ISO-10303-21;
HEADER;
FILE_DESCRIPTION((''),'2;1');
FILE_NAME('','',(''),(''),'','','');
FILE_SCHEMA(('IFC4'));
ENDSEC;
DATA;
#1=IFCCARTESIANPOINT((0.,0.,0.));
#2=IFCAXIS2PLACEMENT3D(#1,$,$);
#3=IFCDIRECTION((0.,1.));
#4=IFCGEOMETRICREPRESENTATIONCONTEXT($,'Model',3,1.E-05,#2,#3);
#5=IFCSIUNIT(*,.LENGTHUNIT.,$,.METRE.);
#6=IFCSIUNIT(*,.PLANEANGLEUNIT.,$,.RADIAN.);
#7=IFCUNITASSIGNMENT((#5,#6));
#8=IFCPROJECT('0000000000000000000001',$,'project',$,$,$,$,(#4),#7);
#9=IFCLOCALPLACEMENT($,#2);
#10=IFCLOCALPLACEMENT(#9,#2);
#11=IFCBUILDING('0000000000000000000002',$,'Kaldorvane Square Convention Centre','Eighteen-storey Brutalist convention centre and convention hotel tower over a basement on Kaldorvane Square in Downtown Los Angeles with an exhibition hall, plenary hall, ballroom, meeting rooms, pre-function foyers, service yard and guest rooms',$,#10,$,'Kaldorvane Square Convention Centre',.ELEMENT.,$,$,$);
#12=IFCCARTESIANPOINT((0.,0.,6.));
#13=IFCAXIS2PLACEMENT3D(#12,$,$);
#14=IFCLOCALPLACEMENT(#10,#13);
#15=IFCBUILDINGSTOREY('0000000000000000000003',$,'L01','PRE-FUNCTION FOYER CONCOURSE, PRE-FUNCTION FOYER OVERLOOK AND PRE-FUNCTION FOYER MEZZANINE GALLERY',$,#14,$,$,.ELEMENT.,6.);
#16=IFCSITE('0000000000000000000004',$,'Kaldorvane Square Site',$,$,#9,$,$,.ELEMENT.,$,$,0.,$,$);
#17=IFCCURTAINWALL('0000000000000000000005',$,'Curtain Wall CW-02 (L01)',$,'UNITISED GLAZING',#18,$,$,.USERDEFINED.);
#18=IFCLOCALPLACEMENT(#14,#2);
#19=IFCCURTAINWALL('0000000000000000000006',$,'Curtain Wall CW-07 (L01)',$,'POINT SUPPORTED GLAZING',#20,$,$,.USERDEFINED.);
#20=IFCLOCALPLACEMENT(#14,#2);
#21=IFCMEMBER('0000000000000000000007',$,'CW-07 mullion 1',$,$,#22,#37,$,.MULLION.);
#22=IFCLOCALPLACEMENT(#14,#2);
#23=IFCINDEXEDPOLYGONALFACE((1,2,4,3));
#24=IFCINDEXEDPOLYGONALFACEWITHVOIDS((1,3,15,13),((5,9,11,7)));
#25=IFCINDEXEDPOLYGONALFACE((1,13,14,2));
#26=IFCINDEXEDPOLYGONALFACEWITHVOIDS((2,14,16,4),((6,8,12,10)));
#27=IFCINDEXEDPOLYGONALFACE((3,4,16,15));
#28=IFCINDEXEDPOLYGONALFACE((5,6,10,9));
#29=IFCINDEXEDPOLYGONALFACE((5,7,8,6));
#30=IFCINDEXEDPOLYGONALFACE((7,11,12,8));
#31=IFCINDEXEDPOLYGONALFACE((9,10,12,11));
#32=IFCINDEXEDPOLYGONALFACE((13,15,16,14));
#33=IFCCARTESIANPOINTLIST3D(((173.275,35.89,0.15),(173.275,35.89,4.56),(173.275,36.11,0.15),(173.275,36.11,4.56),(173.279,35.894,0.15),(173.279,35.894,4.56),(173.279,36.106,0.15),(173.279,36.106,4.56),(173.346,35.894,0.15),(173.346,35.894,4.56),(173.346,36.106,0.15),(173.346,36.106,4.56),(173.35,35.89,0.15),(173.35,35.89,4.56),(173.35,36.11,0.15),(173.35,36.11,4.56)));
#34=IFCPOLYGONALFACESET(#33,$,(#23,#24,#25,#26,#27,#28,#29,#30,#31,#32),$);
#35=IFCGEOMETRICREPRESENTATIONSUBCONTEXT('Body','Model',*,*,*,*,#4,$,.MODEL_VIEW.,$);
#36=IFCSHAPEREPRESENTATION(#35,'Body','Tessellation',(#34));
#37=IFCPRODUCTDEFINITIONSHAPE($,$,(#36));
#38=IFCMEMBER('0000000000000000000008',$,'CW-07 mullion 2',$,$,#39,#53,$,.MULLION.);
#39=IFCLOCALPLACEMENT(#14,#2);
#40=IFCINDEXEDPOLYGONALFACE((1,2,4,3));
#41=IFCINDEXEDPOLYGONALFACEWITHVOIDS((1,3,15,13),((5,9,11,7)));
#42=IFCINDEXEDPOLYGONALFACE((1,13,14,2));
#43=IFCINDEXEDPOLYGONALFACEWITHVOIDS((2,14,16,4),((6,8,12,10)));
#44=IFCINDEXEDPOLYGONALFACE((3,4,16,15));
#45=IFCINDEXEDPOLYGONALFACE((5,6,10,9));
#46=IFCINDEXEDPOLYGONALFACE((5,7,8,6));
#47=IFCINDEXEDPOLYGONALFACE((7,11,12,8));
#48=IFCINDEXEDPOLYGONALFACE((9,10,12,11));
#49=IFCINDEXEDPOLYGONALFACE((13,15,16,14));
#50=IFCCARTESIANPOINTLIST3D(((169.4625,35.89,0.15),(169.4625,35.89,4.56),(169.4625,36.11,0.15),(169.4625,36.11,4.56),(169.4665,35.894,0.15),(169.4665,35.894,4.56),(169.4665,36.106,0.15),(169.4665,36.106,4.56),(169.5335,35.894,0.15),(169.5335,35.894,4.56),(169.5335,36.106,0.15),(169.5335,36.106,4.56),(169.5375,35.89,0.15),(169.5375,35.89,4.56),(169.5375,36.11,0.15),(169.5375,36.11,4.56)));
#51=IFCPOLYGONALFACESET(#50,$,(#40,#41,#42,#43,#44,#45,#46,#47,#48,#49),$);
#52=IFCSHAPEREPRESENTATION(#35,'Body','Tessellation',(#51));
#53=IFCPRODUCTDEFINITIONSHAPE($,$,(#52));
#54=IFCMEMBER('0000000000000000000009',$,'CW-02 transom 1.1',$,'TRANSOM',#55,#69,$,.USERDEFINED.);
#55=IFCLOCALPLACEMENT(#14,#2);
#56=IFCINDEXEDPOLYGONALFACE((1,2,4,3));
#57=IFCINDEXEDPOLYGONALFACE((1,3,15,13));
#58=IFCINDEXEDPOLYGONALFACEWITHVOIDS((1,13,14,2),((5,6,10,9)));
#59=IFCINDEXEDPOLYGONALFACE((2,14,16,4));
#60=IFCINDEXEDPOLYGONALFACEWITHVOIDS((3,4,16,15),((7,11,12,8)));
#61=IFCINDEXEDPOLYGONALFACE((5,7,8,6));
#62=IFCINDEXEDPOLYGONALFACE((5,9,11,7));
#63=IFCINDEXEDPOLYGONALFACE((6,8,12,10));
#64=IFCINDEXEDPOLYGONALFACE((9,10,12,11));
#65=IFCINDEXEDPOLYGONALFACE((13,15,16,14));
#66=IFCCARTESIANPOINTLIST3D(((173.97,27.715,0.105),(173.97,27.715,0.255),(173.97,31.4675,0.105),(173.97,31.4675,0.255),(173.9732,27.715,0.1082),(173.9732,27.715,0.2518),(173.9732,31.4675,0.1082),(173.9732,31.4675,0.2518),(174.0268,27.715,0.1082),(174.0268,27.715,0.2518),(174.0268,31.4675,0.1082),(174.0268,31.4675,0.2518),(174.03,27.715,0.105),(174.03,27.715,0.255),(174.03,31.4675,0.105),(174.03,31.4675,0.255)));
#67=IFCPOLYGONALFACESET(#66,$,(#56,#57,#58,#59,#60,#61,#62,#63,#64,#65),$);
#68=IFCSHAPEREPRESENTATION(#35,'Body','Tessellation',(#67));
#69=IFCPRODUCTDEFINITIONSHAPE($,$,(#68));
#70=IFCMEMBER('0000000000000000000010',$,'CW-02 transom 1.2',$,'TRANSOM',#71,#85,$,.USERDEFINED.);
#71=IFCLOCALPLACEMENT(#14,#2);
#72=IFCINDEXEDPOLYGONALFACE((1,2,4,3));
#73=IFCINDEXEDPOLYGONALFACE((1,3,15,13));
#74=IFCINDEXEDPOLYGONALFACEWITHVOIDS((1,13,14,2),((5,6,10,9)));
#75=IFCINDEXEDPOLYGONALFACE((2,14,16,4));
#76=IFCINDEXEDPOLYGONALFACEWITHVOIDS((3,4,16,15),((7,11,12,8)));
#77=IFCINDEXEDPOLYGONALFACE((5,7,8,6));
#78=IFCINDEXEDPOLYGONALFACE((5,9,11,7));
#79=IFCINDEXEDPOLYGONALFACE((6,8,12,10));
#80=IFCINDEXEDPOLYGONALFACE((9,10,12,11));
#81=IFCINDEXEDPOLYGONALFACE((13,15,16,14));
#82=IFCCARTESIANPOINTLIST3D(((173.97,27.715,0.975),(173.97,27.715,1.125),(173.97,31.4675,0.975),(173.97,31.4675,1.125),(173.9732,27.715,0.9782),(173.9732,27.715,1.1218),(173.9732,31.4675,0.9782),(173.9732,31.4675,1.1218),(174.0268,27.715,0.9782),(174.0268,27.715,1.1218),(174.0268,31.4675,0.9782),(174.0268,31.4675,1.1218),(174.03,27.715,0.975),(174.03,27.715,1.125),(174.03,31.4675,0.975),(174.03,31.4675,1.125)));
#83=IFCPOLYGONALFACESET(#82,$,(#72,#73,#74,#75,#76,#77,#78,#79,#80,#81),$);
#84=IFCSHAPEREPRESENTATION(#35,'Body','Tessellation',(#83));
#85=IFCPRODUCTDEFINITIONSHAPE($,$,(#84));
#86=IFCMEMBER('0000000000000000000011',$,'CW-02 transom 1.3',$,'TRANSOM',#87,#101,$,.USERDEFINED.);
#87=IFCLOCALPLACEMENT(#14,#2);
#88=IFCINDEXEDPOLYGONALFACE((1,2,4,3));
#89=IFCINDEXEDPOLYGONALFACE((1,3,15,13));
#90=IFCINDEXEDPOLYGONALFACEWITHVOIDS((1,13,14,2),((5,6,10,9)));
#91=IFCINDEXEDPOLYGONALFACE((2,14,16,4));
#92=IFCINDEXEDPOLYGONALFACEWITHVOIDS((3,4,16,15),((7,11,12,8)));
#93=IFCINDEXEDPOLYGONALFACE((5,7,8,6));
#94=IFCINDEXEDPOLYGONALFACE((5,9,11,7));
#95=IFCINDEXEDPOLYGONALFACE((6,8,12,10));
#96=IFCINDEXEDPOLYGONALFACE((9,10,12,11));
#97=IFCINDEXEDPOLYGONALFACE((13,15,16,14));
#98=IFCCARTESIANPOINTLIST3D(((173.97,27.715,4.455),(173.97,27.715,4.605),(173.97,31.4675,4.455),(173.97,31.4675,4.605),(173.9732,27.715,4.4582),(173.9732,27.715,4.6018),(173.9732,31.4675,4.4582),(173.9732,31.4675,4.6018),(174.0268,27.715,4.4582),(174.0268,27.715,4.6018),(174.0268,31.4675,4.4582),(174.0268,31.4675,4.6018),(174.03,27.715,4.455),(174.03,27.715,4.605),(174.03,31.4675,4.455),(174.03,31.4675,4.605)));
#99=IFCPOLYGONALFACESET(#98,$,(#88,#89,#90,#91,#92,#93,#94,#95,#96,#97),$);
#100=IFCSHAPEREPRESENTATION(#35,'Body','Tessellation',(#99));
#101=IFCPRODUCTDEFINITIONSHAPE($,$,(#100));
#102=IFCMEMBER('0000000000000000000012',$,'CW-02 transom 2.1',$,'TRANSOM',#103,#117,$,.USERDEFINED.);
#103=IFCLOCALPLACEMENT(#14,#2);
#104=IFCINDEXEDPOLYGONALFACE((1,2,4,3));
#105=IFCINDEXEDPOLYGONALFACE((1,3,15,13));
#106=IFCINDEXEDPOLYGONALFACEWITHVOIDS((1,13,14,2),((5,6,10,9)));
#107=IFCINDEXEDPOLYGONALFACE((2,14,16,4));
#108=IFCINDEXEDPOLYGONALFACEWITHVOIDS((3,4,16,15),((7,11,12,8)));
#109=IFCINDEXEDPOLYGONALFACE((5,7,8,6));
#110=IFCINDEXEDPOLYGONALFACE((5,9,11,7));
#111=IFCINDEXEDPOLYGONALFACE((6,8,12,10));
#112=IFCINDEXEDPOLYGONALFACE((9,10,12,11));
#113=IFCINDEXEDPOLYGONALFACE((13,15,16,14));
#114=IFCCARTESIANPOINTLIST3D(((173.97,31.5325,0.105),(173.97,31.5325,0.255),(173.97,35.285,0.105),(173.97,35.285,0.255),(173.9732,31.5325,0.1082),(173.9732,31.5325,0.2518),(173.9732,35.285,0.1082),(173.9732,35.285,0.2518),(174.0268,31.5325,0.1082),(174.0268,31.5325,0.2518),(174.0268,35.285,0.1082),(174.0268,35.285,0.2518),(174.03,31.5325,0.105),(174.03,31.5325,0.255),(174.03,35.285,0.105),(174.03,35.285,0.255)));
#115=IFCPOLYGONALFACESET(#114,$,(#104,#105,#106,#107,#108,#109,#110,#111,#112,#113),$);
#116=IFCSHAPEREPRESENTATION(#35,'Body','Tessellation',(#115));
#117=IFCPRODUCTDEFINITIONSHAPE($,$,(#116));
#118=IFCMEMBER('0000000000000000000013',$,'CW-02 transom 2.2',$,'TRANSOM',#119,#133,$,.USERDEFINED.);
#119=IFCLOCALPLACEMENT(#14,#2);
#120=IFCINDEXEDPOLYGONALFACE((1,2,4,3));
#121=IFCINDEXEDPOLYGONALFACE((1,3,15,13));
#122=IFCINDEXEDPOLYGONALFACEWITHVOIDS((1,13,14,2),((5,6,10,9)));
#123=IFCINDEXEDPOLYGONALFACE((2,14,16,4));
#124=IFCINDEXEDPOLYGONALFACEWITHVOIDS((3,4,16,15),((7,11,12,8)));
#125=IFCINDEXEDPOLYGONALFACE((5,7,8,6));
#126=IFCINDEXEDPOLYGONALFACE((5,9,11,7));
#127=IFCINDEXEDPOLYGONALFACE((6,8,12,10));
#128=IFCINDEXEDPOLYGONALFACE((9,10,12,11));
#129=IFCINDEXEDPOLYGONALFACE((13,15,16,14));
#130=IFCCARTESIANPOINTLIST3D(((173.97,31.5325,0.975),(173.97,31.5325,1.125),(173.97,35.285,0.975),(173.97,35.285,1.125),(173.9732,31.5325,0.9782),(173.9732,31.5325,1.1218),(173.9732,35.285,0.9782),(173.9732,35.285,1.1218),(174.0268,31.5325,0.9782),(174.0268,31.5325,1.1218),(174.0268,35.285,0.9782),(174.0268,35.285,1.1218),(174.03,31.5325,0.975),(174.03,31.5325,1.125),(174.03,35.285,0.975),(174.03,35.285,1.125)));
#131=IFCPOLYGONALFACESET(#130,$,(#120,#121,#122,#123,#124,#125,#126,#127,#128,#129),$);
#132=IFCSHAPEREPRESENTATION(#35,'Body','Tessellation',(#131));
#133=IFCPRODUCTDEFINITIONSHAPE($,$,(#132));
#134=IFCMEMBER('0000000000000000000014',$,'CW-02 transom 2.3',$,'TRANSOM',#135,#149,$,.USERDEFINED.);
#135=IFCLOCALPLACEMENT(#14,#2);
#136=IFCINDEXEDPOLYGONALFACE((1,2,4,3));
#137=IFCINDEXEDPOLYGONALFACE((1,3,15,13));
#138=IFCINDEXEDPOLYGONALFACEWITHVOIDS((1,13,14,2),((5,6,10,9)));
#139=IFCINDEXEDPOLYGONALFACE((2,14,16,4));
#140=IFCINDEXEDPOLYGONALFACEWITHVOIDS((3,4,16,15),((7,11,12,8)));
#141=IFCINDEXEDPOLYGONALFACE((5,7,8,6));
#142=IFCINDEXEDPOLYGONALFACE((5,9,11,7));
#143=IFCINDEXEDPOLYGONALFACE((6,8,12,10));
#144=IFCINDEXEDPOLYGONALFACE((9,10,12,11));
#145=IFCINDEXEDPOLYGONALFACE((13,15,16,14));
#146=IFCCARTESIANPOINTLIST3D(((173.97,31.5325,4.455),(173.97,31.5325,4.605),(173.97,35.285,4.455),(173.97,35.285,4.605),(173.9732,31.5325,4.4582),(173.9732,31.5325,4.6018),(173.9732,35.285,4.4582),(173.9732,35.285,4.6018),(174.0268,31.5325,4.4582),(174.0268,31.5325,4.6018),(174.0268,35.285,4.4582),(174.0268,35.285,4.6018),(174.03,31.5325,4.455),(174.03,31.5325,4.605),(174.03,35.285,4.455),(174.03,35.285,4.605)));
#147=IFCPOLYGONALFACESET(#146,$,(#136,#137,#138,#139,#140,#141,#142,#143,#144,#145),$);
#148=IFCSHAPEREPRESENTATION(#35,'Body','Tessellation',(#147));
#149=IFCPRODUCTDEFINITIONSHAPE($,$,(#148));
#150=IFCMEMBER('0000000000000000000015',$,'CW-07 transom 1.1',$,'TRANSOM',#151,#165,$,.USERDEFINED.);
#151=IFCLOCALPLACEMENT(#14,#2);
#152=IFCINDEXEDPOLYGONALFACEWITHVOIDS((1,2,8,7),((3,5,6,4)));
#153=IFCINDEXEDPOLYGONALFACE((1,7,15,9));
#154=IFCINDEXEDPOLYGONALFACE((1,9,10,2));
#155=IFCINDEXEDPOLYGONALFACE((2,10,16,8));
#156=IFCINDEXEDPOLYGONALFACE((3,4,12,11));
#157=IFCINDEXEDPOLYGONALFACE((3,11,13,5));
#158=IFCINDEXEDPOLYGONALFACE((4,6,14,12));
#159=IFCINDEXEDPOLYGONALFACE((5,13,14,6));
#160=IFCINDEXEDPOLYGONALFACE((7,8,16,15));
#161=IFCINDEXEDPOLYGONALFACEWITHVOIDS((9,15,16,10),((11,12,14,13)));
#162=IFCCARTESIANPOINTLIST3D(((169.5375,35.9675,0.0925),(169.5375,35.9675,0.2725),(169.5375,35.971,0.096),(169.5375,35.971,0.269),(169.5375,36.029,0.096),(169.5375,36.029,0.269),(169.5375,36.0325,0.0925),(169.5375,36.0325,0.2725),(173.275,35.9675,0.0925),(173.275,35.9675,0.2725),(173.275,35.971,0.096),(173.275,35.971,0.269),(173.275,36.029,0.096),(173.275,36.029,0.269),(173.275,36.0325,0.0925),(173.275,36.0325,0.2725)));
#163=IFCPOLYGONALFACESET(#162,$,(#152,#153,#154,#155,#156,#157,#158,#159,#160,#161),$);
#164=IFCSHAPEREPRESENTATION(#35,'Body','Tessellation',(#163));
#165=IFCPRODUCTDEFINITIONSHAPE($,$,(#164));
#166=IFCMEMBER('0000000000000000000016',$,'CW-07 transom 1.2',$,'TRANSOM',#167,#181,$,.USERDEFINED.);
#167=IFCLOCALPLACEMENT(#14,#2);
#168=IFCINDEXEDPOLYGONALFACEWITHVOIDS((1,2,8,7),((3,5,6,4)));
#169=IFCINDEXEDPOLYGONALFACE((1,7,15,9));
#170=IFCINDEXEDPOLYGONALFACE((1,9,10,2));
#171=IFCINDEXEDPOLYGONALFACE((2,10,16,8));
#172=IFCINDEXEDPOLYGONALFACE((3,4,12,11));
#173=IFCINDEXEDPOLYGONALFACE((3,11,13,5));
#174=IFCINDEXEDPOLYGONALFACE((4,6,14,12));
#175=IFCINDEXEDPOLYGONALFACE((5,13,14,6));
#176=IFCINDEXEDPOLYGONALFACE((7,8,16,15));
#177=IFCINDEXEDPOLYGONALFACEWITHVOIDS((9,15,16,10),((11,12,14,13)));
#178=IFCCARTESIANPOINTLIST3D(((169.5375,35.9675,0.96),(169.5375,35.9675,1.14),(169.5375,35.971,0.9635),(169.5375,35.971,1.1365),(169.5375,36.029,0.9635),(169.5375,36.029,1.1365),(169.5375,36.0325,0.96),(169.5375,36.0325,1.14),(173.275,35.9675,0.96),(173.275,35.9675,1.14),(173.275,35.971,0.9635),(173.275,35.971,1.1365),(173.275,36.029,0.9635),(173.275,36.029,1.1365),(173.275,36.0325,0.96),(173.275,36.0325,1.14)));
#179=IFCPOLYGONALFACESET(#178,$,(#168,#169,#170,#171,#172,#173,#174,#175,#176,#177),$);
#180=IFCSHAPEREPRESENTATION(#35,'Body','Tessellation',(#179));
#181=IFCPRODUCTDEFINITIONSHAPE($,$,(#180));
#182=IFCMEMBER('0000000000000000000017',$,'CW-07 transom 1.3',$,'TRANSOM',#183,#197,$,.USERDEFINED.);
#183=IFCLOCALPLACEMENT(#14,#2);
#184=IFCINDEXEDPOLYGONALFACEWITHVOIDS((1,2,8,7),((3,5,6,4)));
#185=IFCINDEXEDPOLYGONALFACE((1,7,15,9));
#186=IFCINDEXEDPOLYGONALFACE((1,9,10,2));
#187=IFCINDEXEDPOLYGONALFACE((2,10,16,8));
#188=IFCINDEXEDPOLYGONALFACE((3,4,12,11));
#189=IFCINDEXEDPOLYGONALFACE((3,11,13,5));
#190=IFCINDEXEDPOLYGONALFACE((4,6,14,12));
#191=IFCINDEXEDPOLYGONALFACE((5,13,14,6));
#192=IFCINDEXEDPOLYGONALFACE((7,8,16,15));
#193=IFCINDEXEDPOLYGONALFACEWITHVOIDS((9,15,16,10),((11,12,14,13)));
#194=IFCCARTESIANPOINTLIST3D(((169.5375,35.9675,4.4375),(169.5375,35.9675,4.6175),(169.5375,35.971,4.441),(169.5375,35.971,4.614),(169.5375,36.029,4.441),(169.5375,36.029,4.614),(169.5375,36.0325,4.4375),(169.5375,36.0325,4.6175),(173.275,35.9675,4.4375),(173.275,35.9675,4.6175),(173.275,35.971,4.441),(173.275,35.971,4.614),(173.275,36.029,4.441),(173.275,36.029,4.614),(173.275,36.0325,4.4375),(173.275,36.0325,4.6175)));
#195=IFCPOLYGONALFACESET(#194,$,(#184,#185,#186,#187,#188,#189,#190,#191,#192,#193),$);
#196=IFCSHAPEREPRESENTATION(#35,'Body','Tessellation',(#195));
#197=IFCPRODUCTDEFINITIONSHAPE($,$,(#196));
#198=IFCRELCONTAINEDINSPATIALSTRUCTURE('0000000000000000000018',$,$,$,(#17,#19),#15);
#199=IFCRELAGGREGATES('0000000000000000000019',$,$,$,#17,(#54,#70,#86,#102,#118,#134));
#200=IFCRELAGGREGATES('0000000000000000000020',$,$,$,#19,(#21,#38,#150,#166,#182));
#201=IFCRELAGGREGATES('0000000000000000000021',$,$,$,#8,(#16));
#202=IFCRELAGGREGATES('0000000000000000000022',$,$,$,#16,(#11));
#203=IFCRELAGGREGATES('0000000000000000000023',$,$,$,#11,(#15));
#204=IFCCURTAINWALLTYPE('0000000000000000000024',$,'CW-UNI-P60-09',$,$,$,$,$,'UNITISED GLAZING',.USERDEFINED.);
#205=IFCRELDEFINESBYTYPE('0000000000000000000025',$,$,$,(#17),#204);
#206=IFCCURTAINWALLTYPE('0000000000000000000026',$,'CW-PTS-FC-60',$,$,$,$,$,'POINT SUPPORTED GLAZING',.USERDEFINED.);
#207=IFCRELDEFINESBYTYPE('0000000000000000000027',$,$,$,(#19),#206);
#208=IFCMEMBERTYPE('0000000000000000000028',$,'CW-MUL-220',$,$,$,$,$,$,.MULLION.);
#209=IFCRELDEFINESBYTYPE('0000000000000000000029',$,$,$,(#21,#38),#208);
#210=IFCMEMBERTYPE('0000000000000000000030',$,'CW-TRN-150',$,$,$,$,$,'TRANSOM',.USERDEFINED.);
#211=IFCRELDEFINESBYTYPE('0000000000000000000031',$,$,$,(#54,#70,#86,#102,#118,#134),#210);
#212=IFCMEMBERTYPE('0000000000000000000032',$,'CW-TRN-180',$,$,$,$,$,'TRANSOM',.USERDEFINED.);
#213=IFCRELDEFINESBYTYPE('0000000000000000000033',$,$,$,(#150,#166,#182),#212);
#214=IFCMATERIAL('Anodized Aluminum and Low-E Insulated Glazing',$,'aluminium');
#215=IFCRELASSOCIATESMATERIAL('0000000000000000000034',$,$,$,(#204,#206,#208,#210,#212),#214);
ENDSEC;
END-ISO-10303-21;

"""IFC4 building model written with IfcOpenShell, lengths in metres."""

from ifc_helpers import new_model, si_unit, direction, frame, origin, origin_2d, place, context, subcontext, project, spatial, hollow_rectangle, extrude, material, material_profile, profile_set, type_object, element, aggregate, save


model = new_model("IFC4")

# Units and contexts
model_context = context("Model", 3, precision=1e-05, world=origin(), true_north=direction((0.0, 1.0)))
body_context = subcontext(model_context, "Body", "Model", "MODEL_VIEW")
ifc_project = project(units=[si_unit("LENGTHUNIT", "METRE"), si_unit("PLANEANGLEUNIT", "RADIAN")], contexts=[model_context])

# Site, building, storey
site_placement = place(None, origin())
site = spatial("IfcSite", under=ifc_project, at=site_placement, Name="Kaldorvane Square Site", CompositionType="ELEMENT", RefElevation=0.0)
building_placement = place(site_placement, origin())
building = spatial("IfcBuilding", under=site, at=building_placement, Name="Kaldorvane Square Convention Centre", Description="Eighteen-storey Brutalist convention centre and convention hotel tower over a basement on Kaldorvane Square in Downtown Los Angeles with an exhibition hall, plenary hall, ballroom, meeting rooms, pre-function foyers, service yard and guest rooms", LongName="Kaldorvane Square Convention Centre", CompositionType="ELEMENT")
storey_placement = place(building_placement, frame((0.0, 0.0, 6.0)))
storey = spatial("IfcBuildingStorey", under=building, at=storey_placement, Name="L01", Description="PRE-FUNCTION FOYER CONCOURSE, PRE-FUNCTION FOYER OVERLOOK AND PRE-FUNCTION FOYER MEZZANINE GALLERY", CompositionType="ELEMENT", Elevation=6.0)

# Shared definitions
ifc_material_1 = material(Name="Anodized Aluminum and Low-E Insulated Glazing", Category="aluminium")
curtain_wall_type_1 = type_object("IfcCurtainWallType", Name="CW-UNI-P60-09", ElementType="UNITISED GLAZING", PredefinedType="USERDEFINED", material=ifc_material_1)

# Curtain walls, members
curtain_wall_1_placement = place(storey_placement, origin())
curtain_wall_1 = element("IfcCurtainWall", 1, at=curtain_wall_1_placement, inside=storey, type_object=curtain_wall_type_1, Name="Curtain Wall CW-02 (L01)", ObjectType="UNITISED GLAZING", PredefinedType="USERDEFINED")
curtain_wall_type_2 = type_object("IfcCurtainWallType", Name="CW-PTS-FC-60", ElementType="POINT SUPPORTED GLAZING", PredefinedType="USERDEFINED", material=ifc_material_1)
curtain_wall_2_placement = place(storey_placement, origin())
curtain_wall_2 = element("IfcCurtainWall", 2, at=curtain_wall_2_placement, inside=storey, type_object=curtain_wall_type_2, Name="Curtain Wall CW-07 (L01)", ObjectType="POINT SUPPORTED GLAZING", PredefinedType="USERDEFINED")
ifc_material_profile_1 = material_profile(ifc_material_1, hollow_rectangle(XDim=0.075, YDim=0.22, WallThickness=0.004, at=origin_2d()), Name="CWM-220X75")
ifc_profile_set_1 = profile_set([ifc_material_profile_1], Name="Anodized Aluminum and Low-E Insulated Glazing")
member_type_1 = type_object("IfcMemberType", Name="CW-MUL-220", PredefinedType="MULLION", material=ifc_profile_set_1)
member_1_placement = place(storey_placement, frame((173.3125, 36.0, 0.15), z_axis=(0.0, 0.0, 1.0), x_axis=(-1.0, 0.0, 0.0)))
member_1 = element("IfcMember", 3, at=member_1_placement, type_object=member_type_1, Name="CW-07 mullion 1", PredefinedType="MULLION", context=body_context, shape_type="SweptSolid", body=[
    extrude(hollow_rectangle(XDim=0.075, YDim=0.22, WallThickness=0.004, at=origin_2d()), origin(), (0.0, 0.0, 1.0), 4.41),
])
member_2_placement = place(storey_placement, frame((169.5, 36.0, 0.15), z_axis=(0.0, 0.0, 1.0), x_axis=(-1.0, 0.0, 0.0)))
member_2 = element("IfcMember", 4, at=member_2_placement, type_object=member_type_1, Name="CW-07 mullion 2", PredefinedType="MULLION", context=body_context, shape_type="SweptSolid", body=[
    extrude(hollow_rectangle(XDim=0.075, YDim=0.22, WallThickness=0.004, at=origin_2d()), origin(), (0.0, 0.0, 1.0), 4.41),
])

# Members
ifc_material_profile_2 = material_profile(ifc_material_1, hollow_rectangle(XDim=0.06, YDim=0.15, WallThickness=0.0032, at=origin_2d()), Name="CWT-150X60")
ifc_profile_set_2 = profile_set([ifc_material_profile_2], Name="Anodized Aluminum and Low-E Insulated Glazing")
member_type_2 = type_object("IfcMemberType", Name="CW-TRN-150", ElementType="TRANSOM", PredefinedType="USERDEFINED", material=ifc_profile_set_2)
member_3_placement = place(storey_placement, frame((174.0, 27.715, 0.18), z_axis=(0.0, 1.0, 0.0), x_axis=(-1.0, 0.0, 0.0)))
member_3 = element("IfcMember", 5, at=member_3_placement, type_object=member_type_2, Name="CW-02 transom 1.1", ObjectType="TRANSOM", PredefinedType="USERDEFINED", context=body_context, shape_type="SweptSolid", body=[
    extrude(hollow_rectangle(XDim=0.06, YDim=0.15, WallThickness=0.0032, at=origin_2d()), origin(), (0.0, 0.0, 1.0), 3.7525),
])
member_4_placement = place(storey_placement, frame((174.0, 27.715, 1.05), z_axis=(0.0, 1.0, 0.0), x_axis=(-1.0, 0.0, 0.0)))
member_4 = element("IfcMember", 6, at=member_4_placement, type_object=member_type_2, Name="CW-02 transom 1.2", ObjectType="TRANSOM", PredefinedType="USERDEFINED", context=body_context, shape_type="SweptSolid", body=[
    extrude(hollow_rectangle(XDim=0.06, YDim=0.15, WallThickness=0.0032, at=origin_2d()), origin(), (0.0, 0.0, 1.0), 3.7525),
])
member_5_placement = place(storey_placement, frame((174.0, 27.715, 4.53), z_axis=(0.0, 1.0, 0.0), x_axis=(-1.0, 0.0, 0.0)))
member_5 = element("IfcMember", 7, at=member_5_placement, type_object=member_type_2, Name="CW-02 transom 1.3", ObjectType="TRANSOM", PredefinedType="USERDEFINED", context=body_context, shape_type="SweptSolid", body=[
    extrude(hollow_rectangle(XDim=0.06, YDim=0.15, WallThickness=0.0032, at=origin_2d()), origin(), (0.0, 0.0, 1.0), 3.7525),
])
member_6_placement = place(storey_placement, frame((174.0, 31.5325, 0.18), z_axis=(0.0, 1.0, 0.0), x_axis=(-1.0, 0.0, 0.0)))
member_6 = element("IfcMember", 8, at=member_6_placement, type_object=member_type_2, Name="CW-02 transom 2.1", ObjectType="TRANSOM", PredefinedType="USERDEFINED", context=body_context, shape_type="SweptSolid", body=[
    extrude(hollow_rectangle(XDim=0.06, YDim=0.15, WallThickness=0.0032, at=origin_2d()), origin(), (0.0, 0.0, 1.0), 3.7525),
])
member_7_placement = place(storey_placement, frame((174.0, 31.5325, 1.05), z_axis=(0.0, 1.0, 0.0), x_axis=(-1.0, 0.0, 0.0)))
member_7 = element("IfcMember", 9, at=member_7_placement, type_object=member_type_2, Name="CW-02 transom 2.2", ObjectType="TRANSOM", PredefinedType="USERDEFINED", context=body_context, shape_type="SweptSolid", body=[
    extrude(hollow_rectangle(XDim=0.06, YDim=0.15, WallThickness=0.0032, at=origin_2d()), origin(), (0.0, 0.0, 1.0), 3.7525),
])
member_8_placement = place(storey_placement, frame((174.0, 31.5325, 4.53), z_axis=(0.0, 1.0, 0.0), x_axis=(-1.0, 0.0, 0.0)))
member_8 = element("IfcMember", 10, at=member_8_placement, type_object=member_type_2, Name="CW-02 transom 2.3", ObjectType="TRANSOM", PredefinedType="USERDEFINED", context=body_context, shape_type="SweptSolid", body=[
    extrude(hollow_rectangle(XDim=0.06, YDim=0.15, WallThickness=0.0032, at=origin_2d()), origin(), (0.0, 0.0, 1.0), 3.7525),
])
ifc_material_profile_3 = material_profile(ifc_material_1, hollow_rectangle(XDim=0.065, YDim=0.18, WallThickness=0.0035, at=origin_2d()), Name="CWT-180X65")
ifc_profile_set_3 = profile_set([ifc_material_profile_3], Name="Anodized Aluminum and Low-E Insulated Glazing")
member_type_3 = type_object("IfcMemberType", Name="CW-TRN-180", ElementType="TRANSOM", PredefinedType="USERDEFINED", material=ifc_profile_set_3)
member_9_placement = place(storey_placement, frame((173.275, 36.0, 0.1825), z_axis=(-1.0, 0.0, 0.0), x_axis=(0.0, -1.0, 0.0)))
member_9 = element("IfcMember", 11, at=member_9_placement, type_object=member_type_3, Name="CW-07 transom 1.1", ObjectType="TRANSOM", PredefinedType="USERDEFINED", context=body_context, shape_type="SweptSolid", body=[
    extrude(hollow_rectangle(XDim=0.065, YDim=0.18, WallThickness=0.0035, at=origin_2d()), origin(), (0.0, 0.0, 1.0), 3.7375),
])
member_10_placement = place(storey_placement, frame((173.275, 36.0, 1.05), z_axis=(-1.0, 0.0, 0.0), x_axis=(0.0, -1.0, 0.0)))
member_10 = element("IfcMember", 12, at=member_10_placement, type_object=member_type_3, Name="CW-07 transom 1.2", ObjectType="TRANSOM", PredefinedType="USERDEFINED", context=body_context, shape_type="SweptSolid", body=[
    extrude(hollow_rectangle(XDim=0.065, YDim=0.18, WallThickness=0.0035, at=origin_2d()), origin(), (0.0, 0.0, 1.0), 3.7375),
])
member_11_placement = place(storey_placement, frame((173.275, 36.0, 4.5275), z_axis=(-1.0, 0.0, 0.0), x_axis=(0.0, -1.0, 0.0)))
member_11 = element("IfcMember", 13, at=member_11_placement, type_object=member_type_3, Name="CW-07 transom 1.3", ObjectType="TRANSOM", PredefinedType="USERDEFINED", context=body_context, shape_type="SweptSolid", body=[
    extrude(hollow_rectangle(XDim=0.065, YDim=0.18, WallThickness=0.0035, at=origin_2d()), origin(), (0.0, 0.0, 1.0), 3.7375),
])

aggregate(curtain_wall_1, [member_3, member_4, member_5, member_6, member_7, member_8])
aggregate(curtain_wall_2, [member_1, member_2, member_9, member_10, member_11])

save(model, "model.ifc")
